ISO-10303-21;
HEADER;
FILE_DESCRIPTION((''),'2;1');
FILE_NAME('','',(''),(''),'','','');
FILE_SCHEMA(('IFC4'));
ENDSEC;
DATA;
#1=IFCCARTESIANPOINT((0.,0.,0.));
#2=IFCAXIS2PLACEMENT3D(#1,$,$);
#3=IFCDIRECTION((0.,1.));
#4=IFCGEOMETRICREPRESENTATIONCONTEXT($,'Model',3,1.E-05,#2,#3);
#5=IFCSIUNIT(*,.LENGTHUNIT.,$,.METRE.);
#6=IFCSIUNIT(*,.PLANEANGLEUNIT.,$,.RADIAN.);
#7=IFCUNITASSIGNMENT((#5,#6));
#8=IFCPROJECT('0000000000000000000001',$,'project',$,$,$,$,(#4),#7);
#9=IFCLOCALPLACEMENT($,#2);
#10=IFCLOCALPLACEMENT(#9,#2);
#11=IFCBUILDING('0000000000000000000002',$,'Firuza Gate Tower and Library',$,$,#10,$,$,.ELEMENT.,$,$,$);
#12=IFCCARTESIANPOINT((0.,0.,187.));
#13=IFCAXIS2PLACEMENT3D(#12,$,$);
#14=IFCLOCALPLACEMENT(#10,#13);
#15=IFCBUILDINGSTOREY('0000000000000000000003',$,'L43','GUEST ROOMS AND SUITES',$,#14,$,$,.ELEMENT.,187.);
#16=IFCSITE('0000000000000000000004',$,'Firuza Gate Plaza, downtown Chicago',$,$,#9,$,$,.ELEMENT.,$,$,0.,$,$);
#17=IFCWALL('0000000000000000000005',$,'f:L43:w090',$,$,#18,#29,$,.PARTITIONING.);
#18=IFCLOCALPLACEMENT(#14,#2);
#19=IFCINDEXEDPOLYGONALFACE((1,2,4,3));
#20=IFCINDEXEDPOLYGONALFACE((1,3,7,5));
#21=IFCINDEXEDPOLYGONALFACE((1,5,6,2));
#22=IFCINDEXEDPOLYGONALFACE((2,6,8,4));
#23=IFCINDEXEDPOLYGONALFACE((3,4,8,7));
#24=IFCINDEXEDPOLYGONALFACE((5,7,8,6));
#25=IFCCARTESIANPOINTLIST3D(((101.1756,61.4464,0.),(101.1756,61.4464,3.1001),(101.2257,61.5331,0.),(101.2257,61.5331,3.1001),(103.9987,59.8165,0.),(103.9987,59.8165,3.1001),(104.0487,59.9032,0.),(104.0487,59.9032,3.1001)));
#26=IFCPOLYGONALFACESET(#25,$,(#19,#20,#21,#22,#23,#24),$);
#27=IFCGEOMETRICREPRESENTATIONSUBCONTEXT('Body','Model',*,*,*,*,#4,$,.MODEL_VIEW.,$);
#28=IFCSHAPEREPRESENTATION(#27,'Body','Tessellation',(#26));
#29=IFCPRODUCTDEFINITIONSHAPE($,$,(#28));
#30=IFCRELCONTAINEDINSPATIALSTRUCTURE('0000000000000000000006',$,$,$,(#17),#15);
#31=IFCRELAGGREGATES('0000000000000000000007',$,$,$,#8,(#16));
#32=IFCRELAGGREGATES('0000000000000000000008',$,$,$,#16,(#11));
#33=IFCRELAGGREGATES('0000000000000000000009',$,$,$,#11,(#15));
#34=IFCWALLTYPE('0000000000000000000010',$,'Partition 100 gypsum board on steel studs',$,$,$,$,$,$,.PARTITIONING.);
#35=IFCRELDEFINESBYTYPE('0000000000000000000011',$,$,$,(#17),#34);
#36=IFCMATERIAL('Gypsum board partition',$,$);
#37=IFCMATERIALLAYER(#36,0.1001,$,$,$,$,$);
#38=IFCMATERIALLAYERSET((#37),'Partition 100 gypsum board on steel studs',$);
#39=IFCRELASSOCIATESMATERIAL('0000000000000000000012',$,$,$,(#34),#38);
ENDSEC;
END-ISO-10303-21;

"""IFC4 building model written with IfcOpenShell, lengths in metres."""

from ifc_helpers import new_model, si_unit, direction, frame, frame_2d, origin, place, context, subcontext, project, spatial, rectangle, extrude, material, layer, layer_set, type_object, element, save


model = new_model("IFC4")

# Units and contexts
model_context = context("Model", 3, precision=1e-05, world=origin(), true_north=direction((0.0, 1.0)))
body_context = subcontext(model_context, "Body", "Model", "MODEL_VIEW")
ifc_project = project(units=[si_unit("LENGTHUNIT", "METRE"), si_unit("PLANEANGLEUNIT", "RADIAN")], contexts=[model_context])

# Site, building, storey
site_placement = place(None, origin())
site = spatial("IfcSite", under=ifc_project, at=site_placement, Name="Firuza Gate Plaza, downtown Chicago", CompositionType="ELEMENT", RefElevation=0.0)
building_placement = place(site_placement, origin())
building = spatial("IfcBuilding", under=site, at=building_placement, Name="Firuza Gate Tower and Library", CompositionType="ELEMENT")
storey_placement = place(building_placement, frame((0.0, 0.0, 187.0)))
storey = spatial("IfcBuildingStorey", under=building, at=storey_placement, Name="L43", Description="GUEST ROOMS AND SUITES", CompositionType="ELEMENT", Elevation=187.0)

# Wall
ifc_material_1 = material(Name="Gypsum board partition")
ifc_layer_1 = layer(ifc_material_1, 0.1001)
ifc_layer_set_1 = layer_set([ifc_layer_1], Name="Partition 100 gypsum board on steel studs")
wall_type_1 = type_object("IfcWallType", Name="Partition 100 gypsum board on steel studs", PredefinedType="PARTITIONING", material=ifc_layer_set_1)
wall_1_placement = place(storey_placement, frame((104.0237, 59.8599, 0.0), z_axis=(0.0, 0.0, 1.0), x_axis=(-0.866022, 0.500006, 0.0)))
element("IfcWall", 1, at=wall_1_placement, inside=storey, type_object=wall_type_1, Name="f:L43:w090", PredefinedType="PARTITIONING", context=body_context, shape_type="SweptSolid", body=[
    extrude(rectangle(XDim=3.2598, YDim=0.1001, at=frame_2d((1.6299, 0.0))), origin(), (0.0, 0.0, 1.0), 3.1001),
])

save(model, "model.ifc")
